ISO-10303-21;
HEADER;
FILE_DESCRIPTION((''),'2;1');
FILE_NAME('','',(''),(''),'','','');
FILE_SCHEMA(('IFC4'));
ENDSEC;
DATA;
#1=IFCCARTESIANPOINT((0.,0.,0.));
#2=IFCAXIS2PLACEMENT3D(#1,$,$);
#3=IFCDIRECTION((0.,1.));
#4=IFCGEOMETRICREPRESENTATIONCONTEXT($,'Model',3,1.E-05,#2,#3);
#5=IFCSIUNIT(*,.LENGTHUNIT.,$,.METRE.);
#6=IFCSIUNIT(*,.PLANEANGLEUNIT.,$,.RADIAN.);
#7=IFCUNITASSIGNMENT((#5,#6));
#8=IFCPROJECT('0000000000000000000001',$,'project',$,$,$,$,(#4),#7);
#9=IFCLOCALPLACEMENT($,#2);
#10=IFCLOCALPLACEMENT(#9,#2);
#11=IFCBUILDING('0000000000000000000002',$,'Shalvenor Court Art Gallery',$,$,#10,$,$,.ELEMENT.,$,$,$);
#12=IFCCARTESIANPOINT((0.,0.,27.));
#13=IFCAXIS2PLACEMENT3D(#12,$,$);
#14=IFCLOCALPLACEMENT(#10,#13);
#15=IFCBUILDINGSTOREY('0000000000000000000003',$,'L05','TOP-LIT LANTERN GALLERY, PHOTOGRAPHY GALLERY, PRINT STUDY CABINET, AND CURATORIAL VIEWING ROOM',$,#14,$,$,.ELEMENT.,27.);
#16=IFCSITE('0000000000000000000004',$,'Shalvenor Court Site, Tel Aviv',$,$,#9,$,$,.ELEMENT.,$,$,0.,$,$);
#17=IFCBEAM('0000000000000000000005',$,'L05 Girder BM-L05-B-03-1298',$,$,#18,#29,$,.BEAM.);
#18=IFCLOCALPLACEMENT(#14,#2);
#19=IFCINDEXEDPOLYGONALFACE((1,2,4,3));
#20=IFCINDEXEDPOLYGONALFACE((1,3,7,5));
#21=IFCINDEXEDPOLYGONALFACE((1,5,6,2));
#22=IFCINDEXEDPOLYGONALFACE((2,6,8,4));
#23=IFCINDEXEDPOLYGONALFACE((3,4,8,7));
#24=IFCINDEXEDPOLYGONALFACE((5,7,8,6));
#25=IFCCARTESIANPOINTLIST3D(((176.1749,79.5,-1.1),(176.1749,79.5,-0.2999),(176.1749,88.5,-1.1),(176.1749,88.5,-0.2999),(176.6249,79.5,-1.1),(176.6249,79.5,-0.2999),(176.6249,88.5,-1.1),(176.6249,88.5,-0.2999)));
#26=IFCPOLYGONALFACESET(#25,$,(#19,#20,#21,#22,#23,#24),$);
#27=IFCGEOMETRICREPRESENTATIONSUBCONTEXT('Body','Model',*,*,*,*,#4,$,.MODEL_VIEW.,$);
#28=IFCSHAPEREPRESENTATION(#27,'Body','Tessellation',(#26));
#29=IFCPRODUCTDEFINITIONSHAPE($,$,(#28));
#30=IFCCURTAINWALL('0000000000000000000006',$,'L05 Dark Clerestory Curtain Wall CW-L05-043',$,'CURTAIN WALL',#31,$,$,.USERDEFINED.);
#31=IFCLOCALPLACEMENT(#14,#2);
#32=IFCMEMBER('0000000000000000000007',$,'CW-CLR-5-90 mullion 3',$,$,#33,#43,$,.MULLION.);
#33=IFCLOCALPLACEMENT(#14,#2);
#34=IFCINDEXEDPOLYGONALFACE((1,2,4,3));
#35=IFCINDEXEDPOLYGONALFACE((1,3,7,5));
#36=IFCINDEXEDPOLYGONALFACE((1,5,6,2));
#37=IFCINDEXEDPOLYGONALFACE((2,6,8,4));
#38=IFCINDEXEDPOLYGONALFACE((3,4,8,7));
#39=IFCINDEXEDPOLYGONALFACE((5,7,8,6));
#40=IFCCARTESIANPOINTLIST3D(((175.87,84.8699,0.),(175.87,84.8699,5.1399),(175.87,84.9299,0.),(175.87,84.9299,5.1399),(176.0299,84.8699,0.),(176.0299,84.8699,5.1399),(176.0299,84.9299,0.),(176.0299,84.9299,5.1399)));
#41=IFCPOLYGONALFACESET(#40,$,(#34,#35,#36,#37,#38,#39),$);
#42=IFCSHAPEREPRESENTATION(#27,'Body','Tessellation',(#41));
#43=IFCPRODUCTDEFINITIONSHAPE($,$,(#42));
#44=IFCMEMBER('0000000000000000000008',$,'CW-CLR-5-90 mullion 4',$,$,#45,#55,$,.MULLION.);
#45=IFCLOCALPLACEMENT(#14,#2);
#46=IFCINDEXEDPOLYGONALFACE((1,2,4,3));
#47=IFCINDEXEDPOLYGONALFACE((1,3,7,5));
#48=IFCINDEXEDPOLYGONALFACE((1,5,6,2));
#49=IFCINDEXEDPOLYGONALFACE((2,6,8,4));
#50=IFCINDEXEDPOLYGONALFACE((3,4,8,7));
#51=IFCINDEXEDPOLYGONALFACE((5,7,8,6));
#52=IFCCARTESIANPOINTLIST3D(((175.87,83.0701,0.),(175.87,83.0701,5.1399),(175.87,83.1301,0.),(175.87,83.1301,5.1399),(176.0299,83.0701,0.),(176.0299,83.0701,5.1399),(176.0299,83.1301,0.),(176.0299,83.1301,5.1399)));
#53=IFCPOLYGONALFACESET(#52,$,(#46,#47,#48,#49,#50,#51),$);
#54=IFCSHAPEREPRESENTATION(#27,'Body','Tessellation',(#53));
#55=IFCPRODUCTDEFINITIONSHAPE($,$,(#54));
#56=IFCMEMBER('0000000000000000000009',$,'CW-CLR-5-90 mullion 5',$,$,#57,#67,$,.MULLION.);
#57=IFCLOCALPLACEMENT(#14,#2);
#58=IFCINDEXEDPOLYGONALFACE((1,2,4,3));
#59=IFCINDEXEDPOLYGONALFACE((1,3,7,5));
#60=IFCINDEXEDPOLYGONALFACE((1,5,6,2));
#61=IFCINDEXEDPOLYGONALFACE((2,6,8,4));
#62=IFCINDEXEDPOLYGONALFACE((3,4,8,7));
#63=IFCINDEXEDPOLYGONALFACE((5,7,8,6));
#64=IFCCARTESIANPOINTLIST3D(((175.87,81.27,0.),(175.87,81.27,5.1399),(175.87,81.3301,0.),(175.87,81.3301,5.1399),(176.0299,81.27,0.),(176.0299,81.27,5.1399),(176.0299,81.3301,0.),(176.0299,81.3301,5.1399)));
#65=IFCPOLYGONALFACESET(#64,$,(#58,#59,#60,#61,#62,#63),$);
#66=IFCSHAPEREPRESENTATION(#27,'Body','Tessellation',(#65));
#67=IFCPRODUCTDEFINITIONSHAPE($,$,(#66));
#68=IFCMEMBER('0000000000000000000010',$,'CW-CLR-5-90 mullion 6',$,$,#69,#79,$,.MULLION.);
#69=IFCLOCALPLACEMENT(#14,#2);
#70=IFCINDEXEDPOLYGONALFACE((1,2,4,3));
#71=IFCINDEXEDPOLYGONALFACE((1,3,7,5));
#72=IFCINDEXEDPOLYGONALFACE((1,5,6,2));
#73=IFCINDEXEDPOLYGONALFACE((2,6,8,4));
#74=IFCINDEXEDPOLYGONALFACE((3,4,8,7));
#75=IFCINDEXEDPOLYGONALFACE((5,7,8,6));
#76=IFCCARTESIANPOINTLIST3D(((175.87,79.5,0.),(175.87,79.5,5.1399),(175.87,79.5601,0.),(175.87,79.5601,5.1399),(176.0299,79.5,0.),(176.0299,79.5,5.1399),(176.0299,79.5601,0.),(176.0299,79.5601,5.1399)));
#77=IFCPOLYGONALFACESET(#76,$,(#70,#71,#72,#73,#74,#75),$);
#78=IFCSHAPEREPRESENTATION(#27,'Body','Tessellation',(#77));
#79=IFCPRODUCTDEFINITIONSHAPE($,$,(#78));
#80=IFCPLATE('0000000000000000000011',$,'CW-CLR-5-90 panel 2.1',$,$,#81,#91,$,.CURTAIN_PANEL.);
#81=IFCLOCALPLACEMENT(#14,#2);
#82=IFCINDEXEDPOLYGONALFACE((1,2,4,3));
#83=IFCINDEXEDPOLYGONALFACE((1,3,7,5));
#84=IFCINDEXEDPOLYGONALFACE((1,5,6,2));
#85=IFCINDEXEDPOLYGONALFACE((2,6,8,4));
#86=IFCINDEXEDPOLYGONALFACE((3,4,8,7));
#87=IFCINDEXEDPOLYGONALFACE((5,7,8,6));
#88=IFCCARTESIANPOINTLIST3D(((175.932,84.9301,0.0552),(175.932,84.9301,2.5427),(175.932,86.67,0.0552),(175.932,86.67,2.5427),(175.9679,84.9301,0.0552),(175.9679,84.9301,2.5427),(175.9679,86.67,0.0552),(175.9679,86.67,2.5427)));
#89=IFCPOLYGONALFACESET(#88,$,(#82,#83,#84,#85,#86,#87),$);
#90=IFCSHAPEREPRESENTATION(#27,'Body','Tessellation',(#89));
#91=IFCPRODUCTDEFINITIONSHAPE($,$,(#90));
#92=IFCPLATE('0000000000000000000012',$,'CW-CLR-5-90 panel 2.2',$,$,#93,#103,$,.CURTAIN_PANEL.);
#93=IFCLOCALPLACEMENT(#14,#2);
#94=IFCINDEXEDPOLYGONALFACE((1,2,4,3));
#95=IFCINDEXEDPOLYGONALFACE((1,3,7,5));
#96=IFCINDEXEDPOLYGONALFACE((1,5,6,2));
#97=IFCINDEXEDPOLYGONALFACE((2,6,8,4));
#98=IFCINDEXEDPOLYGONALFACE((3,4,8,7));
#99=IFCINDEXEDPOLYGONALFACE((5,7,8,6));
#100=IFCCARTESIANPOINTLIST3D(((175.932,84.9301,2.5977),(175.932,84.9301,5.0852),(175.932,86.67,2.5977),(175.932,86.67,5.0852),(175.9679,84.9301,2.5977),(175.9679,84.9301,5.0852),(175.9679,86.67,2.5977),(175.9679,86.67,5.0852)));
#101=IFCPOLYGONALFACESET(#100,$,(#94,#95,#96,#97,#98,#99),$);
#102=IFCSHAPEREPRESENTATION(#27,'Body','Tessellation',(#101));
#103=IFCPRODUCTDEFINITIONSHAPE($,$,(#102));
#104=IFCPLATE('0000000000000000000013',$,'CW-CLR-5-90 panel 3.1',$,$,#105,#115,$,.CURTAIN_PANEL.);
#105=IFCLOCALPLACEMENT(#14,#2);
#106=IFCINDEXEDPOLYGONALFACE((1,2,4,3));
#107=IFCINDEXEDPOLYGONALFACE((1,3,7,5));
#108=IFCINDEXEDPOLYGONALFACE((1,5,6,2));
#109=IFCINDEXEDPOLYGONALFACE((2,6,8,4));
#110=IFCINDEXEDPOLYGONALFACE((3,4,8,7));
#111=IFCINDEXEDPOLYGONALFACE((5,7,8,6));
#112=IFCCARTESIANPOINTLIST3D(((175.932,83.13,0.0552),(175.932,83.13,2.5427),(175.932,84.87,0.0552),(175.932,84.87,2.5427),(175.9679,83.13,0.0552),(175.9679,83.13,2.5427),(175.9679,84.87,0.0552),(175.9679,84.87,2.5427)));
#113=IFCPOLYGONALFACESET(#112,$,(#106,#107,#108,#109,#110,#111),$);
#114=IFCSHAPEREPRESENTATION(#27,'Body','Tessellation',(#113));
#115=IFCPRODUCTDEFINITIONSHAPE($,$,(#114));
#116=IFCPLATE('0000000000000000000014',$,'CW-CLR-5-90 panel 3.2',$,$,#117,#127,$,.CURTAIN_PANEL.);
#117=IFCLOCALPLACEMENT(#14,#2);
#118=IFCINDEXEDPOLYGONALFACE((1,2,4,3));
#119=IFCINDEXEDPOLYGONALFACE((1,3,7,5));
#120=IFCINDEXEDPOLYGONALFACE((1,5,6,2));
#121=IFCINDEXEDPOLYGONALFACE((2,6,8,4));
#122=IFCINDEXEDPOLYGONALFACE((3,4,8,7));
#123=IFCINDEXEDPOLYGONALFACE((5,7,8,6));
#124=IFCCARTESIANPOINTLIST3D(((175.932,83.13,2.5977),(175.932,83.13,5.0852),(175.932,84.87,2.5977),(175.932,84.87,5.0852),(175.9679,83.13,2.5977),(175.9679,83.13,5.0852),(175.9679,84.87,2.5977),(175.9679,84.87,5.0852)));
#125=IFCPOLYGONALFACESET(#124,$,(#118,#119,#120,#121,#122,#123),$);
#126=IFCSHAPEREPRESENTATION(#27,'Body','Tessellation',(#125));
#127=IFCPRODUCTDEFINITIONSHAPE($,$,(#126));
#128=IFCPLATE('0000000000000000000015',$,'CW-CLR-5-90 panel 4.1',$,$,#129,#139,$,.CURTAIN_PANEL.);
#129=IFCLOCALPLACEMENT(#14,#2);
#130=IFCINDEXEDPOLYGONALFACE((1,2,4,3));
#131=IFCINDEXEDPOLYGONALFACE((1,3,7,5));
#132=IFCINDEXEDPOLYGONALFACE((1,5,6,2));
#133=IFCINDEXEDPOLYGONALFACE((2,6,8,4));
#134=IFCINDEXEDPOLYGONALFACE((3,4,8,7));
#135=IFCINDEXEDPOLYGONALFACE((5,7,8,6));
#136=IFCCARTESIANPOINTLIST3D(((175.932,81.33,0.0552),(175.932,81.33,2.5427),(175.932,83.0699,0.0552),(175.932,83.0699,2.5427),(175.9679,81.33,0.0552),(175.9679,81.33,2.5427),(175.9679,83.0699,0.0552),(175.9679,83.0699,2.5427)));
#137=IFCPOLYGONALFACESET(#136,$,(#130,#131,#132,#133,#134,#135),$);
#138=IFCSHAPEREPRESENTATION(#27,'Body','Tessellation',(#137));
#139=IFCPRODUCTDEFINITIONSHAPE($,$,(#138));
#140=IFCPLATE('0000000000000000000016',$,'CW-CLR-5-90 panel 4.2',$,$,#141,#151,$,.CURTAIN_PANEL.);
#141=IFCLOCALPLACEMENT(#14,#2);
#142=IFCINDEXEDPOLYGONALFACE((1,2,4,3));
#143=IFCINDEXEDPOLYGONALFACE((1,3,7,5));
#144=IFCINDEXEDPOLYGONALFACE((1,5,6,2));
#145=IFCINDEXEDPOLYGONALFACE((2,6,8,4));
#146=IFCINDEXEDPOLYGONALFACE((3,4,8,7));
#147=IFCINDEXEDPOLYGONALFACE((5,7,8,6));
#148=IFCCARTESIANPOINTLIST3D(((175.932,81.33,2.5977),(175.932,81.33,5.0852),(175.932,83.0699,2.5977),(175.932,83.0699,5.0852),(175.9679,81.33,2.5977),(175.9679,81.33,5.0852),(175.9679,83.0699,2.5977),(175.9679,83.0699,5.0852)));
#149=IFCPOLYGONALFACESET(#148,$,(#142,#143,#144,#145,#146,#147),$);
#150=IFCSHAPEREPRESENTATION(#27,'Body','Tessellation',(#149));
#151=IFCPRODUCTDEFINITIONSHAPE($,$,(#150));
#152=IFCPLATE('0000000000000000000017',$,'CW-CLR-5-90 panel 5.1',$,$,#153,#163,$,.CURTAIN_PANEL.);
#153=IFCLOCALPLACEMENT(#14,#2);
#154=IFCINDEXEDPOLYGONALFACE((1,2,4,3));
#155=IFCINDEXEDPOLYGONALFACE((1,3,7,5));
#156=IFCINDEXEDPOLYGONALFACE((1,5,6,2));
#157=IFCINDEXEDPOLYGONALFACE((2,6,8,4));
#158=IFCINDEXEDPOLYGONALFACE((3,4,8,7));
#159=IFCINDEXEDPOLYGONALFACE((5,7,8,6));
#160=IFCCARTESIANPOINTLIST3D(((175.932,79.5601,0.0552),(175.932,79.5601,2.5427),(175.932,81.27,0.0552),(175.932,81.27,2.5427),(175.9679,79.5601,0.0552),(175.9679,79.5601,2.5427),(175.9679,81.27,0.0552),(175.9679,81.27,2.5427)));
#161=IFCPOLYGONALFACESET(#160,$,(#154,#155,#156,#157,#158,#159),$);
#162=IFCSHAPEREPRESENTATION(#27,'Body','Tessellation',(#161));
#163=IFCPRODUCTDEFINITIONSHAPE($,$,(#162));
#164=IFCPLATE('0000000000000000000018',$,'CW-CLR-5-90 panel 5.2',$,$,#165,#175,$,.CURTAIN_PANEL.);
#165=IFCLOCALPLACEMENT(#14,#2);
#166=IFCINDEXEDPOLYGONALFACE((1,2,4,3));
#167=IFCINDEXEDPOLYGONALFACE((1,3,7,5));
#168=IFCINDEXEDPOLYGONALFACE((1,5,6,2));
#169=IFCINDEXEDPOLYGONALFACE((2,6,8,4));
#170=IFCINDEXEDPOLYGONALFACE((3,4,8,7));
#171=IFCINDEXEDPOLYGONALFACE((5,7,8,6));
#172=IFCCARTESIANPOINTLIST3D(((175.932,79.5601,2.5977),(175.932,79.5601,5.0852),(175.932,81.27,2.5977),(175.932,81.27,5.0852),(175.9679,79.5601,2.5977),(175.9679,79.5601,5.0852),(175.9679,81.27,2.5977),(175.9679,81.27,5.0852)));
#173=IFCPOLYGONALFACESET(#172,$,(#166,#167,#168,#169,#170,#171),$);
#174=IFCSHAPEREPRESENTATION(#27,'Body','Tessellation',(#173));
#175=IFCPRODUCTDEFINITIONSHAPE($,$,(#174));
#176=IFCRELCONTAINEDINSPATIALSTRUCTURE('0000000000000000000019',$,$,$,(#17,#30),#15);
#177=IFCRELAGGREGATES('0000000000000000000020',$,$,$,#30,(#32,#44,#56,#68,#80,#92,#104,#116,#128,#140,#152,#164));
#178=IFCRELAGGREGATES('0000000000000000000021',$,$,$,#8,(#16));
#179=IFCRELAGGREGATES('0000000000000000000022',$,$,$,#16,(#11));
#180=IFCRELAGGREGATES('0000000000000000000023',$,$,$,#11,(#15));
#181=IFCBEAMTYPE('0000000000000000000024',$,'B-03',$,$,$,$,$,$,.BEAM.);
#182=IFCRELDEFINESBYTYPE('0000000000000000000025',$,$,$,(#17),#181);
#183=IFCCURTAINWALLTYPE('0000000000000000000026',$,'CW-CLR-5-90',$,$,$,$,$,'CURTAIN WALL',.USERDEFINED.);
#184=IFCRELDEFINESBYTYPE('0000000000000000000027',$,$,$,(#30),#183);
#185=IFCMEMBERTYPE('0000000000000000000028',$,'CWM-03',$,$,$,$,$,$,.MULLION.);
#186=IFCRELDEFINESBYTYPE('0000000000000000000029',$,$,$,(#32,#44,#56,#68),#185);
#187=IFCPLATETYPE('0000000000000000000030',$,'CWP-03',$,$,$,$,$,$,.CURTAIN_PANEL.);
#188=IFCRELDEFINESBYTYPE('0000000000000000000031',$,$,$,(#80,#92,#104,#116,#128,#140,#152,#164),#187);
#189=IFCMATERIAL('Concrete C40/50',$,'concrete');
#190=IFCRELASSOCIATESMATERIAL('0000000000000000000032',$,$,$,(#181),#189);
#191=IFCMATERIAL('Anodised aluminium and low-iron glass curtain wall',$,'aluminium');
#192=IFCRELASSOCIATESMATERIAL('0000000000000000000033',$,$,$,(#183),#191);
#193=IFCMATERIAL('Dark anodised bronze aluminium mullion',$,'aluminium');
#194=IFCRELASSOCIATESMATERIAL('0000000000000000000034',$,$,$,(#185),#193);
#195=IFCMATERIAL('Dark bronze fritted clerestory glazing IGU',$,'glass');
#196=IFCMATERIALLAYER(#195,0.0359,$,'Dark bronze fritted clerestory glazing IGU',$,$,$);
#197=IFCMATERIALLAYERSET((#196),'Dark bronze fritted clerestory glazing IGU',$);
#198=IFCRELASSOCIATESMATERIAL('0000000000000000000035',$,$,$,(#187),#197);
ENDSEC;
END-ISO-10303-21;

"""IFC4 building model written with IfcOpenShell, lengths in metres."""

from ifc_helpers import new_model, si_unit, direction, frame, origin, origin_2d, place, context, subcontext, project, spatial, rectangle, extrude, material, layer, layer_set, material_profile, profile_set, type_object, element, aggregate, save


model = new_model("IFC4")

# Units and contexts
model_context = context("Model", 3, precision=1e-05, world=origin(), true_north=direction((0.0, 1.0)))
body_context = subcontext(model_context, "Body", "Model", "MODEL_VIEW")
ifc_project = project(units=[si_unit("LENGTHUNIT", "METRE"), si_unit("PLANEANGLEUNIT", "RADIAN")], contexts=[model_context])

# Site, building, storey
site_placement = place(None, origin())
site = spatial("IfcSite", under=ifc_project, at=site_placement, Name="Shalvenor Court Site, Tel Aviv", CompositionType="ELEMENT", RefElevation=0.0)
building_placement = place(site_placement, origin())
building = spatial("IfcBuilding", under=site, at=building_placement, Name="Shalvenor Court Art Gallery", CompositionType="ELEMENT")
storey_placement = place(building_placement, frame((0.0, 0.0, 27.0)))
storey = spatial("IfcBuildingStorey", under=building, at=storey_placement, Name="L05", Description="TOP-LIT LANTERN GALLERY, PHOTOGRAPHY GALLERY, PRINT STUDY CABINET, AND CURATORIAL VIEWING ROOM", CompositionType="ELEMENT", Elevation=27.0)

# Beam
ifc_material_1 = material(Name="Concrete C40/50", Category="concrete")
ifc_material_profile_1 = material_profile(ifc_material_1, rectangle(XDim=0.45, YDim=0.8, at=origin_2d()), Name="RC 450x800")
ifc_profile_set_1 = profile_set([ifc_material_profile_1], Name="Concrete C40/50")
beam_type = type_object("IfcBeamType", Name="B-03", PredefinedType="BEAM", material=ifc_profile_set_1)
beam_placement = place(storey_placement, frame((176.3999, 79.5, -0.7), z_axis=(0.0, 1.0, 0.0), x_axis=(-1.0, 0.0, 0.0)))
element("IfcBeam", 1, at=beam_placement, inside=storey, type_object=beam_type, Name="L05 Girder BM-L05-B-03-1298", PredefinedType="BEAM", context=body_context, shape_type="SweptSolid", body=[
    extrude(rectangle(XDim=0.45, YDim=0.8, at=origin_2d()), origin(), (0.0, 0.0, 1.0), 9.0),
])

# Curtain wall, members, plates
ifc_material_2 = material(Name="Anodised aluminium and low-iron glass curtain wall", Category="aluminium")
curtain_wall_type = type_object("IfcCurtainWallType", Name="CW-CLR-5-90", ElementType="CURTAIN WALL", PredefinedType="USERDEFINED", material=ifc_material_2)
curtain_wall_placement = place(storey_placement, origin())
curtain_wall = element("IfcCurtainWall", 2, at=curtain_wall_placement, inside=storey, type_object=curtain_wall_type, Name="L05 Dark Clerestory Curtain Wall CW-L05-043", ObjectType="CURTAIN WALL", PredefinedType="USERDEFINED")
ifc_material_3 = material(Name="Dark anodised bronze aluminium mullion", Category="aluminium")
ifc_material_profile_2 = material_profile(ifc_material_3, rectangle(XDim=0.0601, YDim=0.1599, at=origin_2d()), Name="CWM-03")
ifc_profile_set_2 = profile_set([ifc_material_profile_2], Name="Dark anodised bronze aluminium mullion")
member_type = type_object("IfcMemberType", Name="CWM-03", PredefinedType="MULLION", material=ifc_profile_set_2)
member_1_placement = place(storey_placement, frame((175.95, 84.8999, 0.0), z_axis=(0.0, 0.0, 1.0), x_axis=(0.0, -1.0, 0.0)))
member_1 = element("IfcMember", 3, at=member_1_placement, type_object=member_type, Name="CW-CLR-5-90 mullion 3", PredefinedType="MULLION", context=body_context, shape_type="SweptSolid", body=[
    extrude(rectangle(XDim=0.0601, YDim=0.1599, at=origin_2d()), origin(), (0.0, 0.0, 1.0), 5.1399),
])
member_2_placement = place(storey_placement, frame((175.95, 83.1001, 0.0), z_axis=(0.0, 0.0, 1.0), x_axis=(0.0, -1.0, 0.0)))
member_2 = element("IfcMember", 4, at=member_2_placement, type_object=member_type, Name="CW-CLR-5-90 mullion 4", PredefinedType="MULLION", context=body_context, shape_type="SweptSolid", body=[
    extrude(rectangle(XDim=0.0601, YDim=0.1599, at=origin_2d()), origin(), (0.0, 0.0, 1.0), 5.1399),
])
member_3_placement = place(storey_placement, frame((175.95, 81.3, 0.0), z_axis=(0.0, 0.0, 1.0), x_axis=(0.0, -1.0, 0.0)))
member_3 = element("IfcMember", 5, at=member_3_placement, type_object=member_type, Name="CW-CLR-5-90 mullion 5", PredefinedType="MULLION", context=body_context, shape_type="SweptSolid", body=[
    extrude(rectangle(XDim=0.0601, YDim=0.1599, at=origin_2d()), origin(), (0.0, 0.0, 1.0), 5.1399),
])
member_4_placement = place(storey_placement, frame((175.95, 79.53, 0.0), z_axis=(0.0, 0.0, 1.0), x_axis=(0.0, -1.0, 0.0)))
member_4 = element("IfcMember", 6, at=member_4_placement, type_object=member_type, Name="CW-CLR-5-90 mullion 6", PredefinedType="MULLION", context=body_context, shape_type="SweptSolid", body=[
    extrude(rectangle(XDim=0.0601, YDim=0.1599, at=origin_2d()), origin(), (0.0, 0.0, 1.0), 5.1399),
])
ifc_material_4 = material(Name="Dark bronze fritted clerestory glazing IGU", Category="glass")
ifc_layer_1 = layer(ifc_material_4, 0.0359, Name="Dark bronze fritted clerestory glazing IGU")
ifc_layer_set_1 = layer_set([ifc_layer_1], Name="Dark bronze fritted clerestory glazing IGU")
plate_type = type_object("IfcPlateType", Name="CWP-03", PredefinedType="CURTAIN_PANEL", material=ifc_layer_set_1)
plate_1_placement = place(storey_placement, frame((175.95, 85.8, 0.0552), z_axis=(0.0, 0.0, 1.0), x_axis=(0.0, -1.0, 0.0)))
plate_1 = element("IfcPlate", 7, at=plate_1_placement, type_object=plate_type, Name="CW-CLR-5-90 panel 2.1", PredefinedType="CURTAIN_PANEL", context=body_context, shape_type="SweptSolid", body=[
    extrude(rectangle(XDim=1.74, YDim=0.0359, at=origin_2d()), origin(), (0.0, 0.0, 1.0), 2.4875),
])
plate_2_placement = place(storey_placement, frame((175.95, 85.8, 2.5977), z_axis=(0.0, 0.0, 1.0), x_axis=(0.0, -1.0, 0.0)))
plate_2 = element("IfcPlate", 8, at=plate_2_placement, type_object=plate_type, Name="CW-CLR-5-90 panel 2.2", PredefinedType="CURTAIN_PANEL", context=body_context, shape_type="SweptSolid", body=[
    extrude(rectangle(XDim=1.74, YDim=0.0359, at=origin_2d()), origin(), (0.0, 0.0, 1.0), 2.4875),
])
plate_3_placement = place(storey_placement, frame((175.95, 84.0, 0.0552), z_axis=(0.0, 0.0, 1.0), x_axis=(0.0, -1.0, 0.0)))
plate_3 = element("IfcPlate", 9, at=plate_3_placement, type_object=plate_type, Name="CW-CLR-5-90 panel 3.1", PredefinedType="CURTAIN_PANEL", context=body_context, shape_type="SweptSolid", body=[
    extrude(rectangle(XDim=1.74, YDim=0.0359, at=origin_2d()), origin(), (0.0, 0.0, 1.0), 2.4875),
])
plate_4_placement = place(storey_placement, frame((175.95, 84.0, 2.5977), z_axis=(0.0, 0.0, 1.0), x_axis=(0.0, -1.0, 0.0)))
plate_4 = element("IfcPlate", 10, at=plate_4_placement, type_object=plate_type, Name="CW-CLR-5-90 panel 3.2", PredefinedType="CURTAIN_PANEL", context=body_context, shape_type="SweptSolid", body=[
    extrude(rectangle(XDim=1.74, YDim=0.0359, at=origin_2d()), origin(), (0.0, 0.0, 1.0), 2.4875),
])
plate_5_placement = place(storey_placement, frame((175.95, 82.2, 0.0552), z_axis=(0.0, 0.0, 1.0), x_axis=(0.0, -1.0, 0.0)))
plate_5 = element("IfcPlate", 11, at=plate_5_placement, type_object=plate_type, Name="CW-CLR-5-90 panel 4.1", PredefinedType="CURTAIN_PANEL", context=body_context, shape_type="SweptSolid", body=[
    extrude(rectangle(XDim=1.74, YDim=0.0359, at=origin_2d()), origin(), (0.0, 0.0, 1.0), 2.4875),
])
plate_6_placement = place(storey_placement, frame((175.95, 82.2, 2.5977), z_axis=(0.0, 0.0, 1.0), x_axis=(0.0, -1.0, 0.0)))
plate_6 = element("IfcPlate", 12, at=plate_6_placement, type_object=plate_type, Name="CW-CLR-5-90 panel 4.2", PredefinedType="CURTAIN_PANEL", context=body_context, shape_type="SweptSolid", body=[
    extrude(rectangle(XDim=1.74, YDim=0.0359, at=origin_2d()), origin(), (0.0, 0.0, 1.0), 2.4875),
])
plate_7_placement = place(storey_placement, frame((175.95, 80.415, 0.0552), z_axis=(0.0, 0.0, 1.0), x_axis=(0.0, -1.0, 0.0)))
plate_7 = element("IfcPlate", 13, at=plate_7_placement, type_object=plate_type, Name="CW-CLR-5-90 panel 5.1", PredefinedType="CURTAIN_PANEL", context=body_context, shape_type="SweptSolid", body=[
    extrude(rectangle(XDim=1.71, YDim=0.0359, at=origin_2d()), origin(), (0.0, 0.0, 1.0), 2.4875),
])
plate_8_placement = place(storey_placement, frame((175.95, 80.415, 2.5977), z_axis=(0.0, 0.0, 1.0), x_axis=(0.0, -1.0, 0.0)))
plate_8 = element("IfcPlate", 14, at=plate_8_placement, type_object=plate_type, Name="CW-CLR-5-90 panel 5.2", PredefinedType="CURTAIN_PANEL", context=body_context, shape_type="SweptSolid", body=[
    extrude(rectangle(XDim=1.71, YDim=0.0359, at=origin_2d()), origin(), (0.0, 0.0, 1.0), 2.4875),
])
aggregate(curtain_wall, [member_1, member_2, member_3, member_4, plate_1, plate_2, plate_3, plate_4, plate_5, plate_6, plate_7, plate_8])

save(model, "model.ifc")
